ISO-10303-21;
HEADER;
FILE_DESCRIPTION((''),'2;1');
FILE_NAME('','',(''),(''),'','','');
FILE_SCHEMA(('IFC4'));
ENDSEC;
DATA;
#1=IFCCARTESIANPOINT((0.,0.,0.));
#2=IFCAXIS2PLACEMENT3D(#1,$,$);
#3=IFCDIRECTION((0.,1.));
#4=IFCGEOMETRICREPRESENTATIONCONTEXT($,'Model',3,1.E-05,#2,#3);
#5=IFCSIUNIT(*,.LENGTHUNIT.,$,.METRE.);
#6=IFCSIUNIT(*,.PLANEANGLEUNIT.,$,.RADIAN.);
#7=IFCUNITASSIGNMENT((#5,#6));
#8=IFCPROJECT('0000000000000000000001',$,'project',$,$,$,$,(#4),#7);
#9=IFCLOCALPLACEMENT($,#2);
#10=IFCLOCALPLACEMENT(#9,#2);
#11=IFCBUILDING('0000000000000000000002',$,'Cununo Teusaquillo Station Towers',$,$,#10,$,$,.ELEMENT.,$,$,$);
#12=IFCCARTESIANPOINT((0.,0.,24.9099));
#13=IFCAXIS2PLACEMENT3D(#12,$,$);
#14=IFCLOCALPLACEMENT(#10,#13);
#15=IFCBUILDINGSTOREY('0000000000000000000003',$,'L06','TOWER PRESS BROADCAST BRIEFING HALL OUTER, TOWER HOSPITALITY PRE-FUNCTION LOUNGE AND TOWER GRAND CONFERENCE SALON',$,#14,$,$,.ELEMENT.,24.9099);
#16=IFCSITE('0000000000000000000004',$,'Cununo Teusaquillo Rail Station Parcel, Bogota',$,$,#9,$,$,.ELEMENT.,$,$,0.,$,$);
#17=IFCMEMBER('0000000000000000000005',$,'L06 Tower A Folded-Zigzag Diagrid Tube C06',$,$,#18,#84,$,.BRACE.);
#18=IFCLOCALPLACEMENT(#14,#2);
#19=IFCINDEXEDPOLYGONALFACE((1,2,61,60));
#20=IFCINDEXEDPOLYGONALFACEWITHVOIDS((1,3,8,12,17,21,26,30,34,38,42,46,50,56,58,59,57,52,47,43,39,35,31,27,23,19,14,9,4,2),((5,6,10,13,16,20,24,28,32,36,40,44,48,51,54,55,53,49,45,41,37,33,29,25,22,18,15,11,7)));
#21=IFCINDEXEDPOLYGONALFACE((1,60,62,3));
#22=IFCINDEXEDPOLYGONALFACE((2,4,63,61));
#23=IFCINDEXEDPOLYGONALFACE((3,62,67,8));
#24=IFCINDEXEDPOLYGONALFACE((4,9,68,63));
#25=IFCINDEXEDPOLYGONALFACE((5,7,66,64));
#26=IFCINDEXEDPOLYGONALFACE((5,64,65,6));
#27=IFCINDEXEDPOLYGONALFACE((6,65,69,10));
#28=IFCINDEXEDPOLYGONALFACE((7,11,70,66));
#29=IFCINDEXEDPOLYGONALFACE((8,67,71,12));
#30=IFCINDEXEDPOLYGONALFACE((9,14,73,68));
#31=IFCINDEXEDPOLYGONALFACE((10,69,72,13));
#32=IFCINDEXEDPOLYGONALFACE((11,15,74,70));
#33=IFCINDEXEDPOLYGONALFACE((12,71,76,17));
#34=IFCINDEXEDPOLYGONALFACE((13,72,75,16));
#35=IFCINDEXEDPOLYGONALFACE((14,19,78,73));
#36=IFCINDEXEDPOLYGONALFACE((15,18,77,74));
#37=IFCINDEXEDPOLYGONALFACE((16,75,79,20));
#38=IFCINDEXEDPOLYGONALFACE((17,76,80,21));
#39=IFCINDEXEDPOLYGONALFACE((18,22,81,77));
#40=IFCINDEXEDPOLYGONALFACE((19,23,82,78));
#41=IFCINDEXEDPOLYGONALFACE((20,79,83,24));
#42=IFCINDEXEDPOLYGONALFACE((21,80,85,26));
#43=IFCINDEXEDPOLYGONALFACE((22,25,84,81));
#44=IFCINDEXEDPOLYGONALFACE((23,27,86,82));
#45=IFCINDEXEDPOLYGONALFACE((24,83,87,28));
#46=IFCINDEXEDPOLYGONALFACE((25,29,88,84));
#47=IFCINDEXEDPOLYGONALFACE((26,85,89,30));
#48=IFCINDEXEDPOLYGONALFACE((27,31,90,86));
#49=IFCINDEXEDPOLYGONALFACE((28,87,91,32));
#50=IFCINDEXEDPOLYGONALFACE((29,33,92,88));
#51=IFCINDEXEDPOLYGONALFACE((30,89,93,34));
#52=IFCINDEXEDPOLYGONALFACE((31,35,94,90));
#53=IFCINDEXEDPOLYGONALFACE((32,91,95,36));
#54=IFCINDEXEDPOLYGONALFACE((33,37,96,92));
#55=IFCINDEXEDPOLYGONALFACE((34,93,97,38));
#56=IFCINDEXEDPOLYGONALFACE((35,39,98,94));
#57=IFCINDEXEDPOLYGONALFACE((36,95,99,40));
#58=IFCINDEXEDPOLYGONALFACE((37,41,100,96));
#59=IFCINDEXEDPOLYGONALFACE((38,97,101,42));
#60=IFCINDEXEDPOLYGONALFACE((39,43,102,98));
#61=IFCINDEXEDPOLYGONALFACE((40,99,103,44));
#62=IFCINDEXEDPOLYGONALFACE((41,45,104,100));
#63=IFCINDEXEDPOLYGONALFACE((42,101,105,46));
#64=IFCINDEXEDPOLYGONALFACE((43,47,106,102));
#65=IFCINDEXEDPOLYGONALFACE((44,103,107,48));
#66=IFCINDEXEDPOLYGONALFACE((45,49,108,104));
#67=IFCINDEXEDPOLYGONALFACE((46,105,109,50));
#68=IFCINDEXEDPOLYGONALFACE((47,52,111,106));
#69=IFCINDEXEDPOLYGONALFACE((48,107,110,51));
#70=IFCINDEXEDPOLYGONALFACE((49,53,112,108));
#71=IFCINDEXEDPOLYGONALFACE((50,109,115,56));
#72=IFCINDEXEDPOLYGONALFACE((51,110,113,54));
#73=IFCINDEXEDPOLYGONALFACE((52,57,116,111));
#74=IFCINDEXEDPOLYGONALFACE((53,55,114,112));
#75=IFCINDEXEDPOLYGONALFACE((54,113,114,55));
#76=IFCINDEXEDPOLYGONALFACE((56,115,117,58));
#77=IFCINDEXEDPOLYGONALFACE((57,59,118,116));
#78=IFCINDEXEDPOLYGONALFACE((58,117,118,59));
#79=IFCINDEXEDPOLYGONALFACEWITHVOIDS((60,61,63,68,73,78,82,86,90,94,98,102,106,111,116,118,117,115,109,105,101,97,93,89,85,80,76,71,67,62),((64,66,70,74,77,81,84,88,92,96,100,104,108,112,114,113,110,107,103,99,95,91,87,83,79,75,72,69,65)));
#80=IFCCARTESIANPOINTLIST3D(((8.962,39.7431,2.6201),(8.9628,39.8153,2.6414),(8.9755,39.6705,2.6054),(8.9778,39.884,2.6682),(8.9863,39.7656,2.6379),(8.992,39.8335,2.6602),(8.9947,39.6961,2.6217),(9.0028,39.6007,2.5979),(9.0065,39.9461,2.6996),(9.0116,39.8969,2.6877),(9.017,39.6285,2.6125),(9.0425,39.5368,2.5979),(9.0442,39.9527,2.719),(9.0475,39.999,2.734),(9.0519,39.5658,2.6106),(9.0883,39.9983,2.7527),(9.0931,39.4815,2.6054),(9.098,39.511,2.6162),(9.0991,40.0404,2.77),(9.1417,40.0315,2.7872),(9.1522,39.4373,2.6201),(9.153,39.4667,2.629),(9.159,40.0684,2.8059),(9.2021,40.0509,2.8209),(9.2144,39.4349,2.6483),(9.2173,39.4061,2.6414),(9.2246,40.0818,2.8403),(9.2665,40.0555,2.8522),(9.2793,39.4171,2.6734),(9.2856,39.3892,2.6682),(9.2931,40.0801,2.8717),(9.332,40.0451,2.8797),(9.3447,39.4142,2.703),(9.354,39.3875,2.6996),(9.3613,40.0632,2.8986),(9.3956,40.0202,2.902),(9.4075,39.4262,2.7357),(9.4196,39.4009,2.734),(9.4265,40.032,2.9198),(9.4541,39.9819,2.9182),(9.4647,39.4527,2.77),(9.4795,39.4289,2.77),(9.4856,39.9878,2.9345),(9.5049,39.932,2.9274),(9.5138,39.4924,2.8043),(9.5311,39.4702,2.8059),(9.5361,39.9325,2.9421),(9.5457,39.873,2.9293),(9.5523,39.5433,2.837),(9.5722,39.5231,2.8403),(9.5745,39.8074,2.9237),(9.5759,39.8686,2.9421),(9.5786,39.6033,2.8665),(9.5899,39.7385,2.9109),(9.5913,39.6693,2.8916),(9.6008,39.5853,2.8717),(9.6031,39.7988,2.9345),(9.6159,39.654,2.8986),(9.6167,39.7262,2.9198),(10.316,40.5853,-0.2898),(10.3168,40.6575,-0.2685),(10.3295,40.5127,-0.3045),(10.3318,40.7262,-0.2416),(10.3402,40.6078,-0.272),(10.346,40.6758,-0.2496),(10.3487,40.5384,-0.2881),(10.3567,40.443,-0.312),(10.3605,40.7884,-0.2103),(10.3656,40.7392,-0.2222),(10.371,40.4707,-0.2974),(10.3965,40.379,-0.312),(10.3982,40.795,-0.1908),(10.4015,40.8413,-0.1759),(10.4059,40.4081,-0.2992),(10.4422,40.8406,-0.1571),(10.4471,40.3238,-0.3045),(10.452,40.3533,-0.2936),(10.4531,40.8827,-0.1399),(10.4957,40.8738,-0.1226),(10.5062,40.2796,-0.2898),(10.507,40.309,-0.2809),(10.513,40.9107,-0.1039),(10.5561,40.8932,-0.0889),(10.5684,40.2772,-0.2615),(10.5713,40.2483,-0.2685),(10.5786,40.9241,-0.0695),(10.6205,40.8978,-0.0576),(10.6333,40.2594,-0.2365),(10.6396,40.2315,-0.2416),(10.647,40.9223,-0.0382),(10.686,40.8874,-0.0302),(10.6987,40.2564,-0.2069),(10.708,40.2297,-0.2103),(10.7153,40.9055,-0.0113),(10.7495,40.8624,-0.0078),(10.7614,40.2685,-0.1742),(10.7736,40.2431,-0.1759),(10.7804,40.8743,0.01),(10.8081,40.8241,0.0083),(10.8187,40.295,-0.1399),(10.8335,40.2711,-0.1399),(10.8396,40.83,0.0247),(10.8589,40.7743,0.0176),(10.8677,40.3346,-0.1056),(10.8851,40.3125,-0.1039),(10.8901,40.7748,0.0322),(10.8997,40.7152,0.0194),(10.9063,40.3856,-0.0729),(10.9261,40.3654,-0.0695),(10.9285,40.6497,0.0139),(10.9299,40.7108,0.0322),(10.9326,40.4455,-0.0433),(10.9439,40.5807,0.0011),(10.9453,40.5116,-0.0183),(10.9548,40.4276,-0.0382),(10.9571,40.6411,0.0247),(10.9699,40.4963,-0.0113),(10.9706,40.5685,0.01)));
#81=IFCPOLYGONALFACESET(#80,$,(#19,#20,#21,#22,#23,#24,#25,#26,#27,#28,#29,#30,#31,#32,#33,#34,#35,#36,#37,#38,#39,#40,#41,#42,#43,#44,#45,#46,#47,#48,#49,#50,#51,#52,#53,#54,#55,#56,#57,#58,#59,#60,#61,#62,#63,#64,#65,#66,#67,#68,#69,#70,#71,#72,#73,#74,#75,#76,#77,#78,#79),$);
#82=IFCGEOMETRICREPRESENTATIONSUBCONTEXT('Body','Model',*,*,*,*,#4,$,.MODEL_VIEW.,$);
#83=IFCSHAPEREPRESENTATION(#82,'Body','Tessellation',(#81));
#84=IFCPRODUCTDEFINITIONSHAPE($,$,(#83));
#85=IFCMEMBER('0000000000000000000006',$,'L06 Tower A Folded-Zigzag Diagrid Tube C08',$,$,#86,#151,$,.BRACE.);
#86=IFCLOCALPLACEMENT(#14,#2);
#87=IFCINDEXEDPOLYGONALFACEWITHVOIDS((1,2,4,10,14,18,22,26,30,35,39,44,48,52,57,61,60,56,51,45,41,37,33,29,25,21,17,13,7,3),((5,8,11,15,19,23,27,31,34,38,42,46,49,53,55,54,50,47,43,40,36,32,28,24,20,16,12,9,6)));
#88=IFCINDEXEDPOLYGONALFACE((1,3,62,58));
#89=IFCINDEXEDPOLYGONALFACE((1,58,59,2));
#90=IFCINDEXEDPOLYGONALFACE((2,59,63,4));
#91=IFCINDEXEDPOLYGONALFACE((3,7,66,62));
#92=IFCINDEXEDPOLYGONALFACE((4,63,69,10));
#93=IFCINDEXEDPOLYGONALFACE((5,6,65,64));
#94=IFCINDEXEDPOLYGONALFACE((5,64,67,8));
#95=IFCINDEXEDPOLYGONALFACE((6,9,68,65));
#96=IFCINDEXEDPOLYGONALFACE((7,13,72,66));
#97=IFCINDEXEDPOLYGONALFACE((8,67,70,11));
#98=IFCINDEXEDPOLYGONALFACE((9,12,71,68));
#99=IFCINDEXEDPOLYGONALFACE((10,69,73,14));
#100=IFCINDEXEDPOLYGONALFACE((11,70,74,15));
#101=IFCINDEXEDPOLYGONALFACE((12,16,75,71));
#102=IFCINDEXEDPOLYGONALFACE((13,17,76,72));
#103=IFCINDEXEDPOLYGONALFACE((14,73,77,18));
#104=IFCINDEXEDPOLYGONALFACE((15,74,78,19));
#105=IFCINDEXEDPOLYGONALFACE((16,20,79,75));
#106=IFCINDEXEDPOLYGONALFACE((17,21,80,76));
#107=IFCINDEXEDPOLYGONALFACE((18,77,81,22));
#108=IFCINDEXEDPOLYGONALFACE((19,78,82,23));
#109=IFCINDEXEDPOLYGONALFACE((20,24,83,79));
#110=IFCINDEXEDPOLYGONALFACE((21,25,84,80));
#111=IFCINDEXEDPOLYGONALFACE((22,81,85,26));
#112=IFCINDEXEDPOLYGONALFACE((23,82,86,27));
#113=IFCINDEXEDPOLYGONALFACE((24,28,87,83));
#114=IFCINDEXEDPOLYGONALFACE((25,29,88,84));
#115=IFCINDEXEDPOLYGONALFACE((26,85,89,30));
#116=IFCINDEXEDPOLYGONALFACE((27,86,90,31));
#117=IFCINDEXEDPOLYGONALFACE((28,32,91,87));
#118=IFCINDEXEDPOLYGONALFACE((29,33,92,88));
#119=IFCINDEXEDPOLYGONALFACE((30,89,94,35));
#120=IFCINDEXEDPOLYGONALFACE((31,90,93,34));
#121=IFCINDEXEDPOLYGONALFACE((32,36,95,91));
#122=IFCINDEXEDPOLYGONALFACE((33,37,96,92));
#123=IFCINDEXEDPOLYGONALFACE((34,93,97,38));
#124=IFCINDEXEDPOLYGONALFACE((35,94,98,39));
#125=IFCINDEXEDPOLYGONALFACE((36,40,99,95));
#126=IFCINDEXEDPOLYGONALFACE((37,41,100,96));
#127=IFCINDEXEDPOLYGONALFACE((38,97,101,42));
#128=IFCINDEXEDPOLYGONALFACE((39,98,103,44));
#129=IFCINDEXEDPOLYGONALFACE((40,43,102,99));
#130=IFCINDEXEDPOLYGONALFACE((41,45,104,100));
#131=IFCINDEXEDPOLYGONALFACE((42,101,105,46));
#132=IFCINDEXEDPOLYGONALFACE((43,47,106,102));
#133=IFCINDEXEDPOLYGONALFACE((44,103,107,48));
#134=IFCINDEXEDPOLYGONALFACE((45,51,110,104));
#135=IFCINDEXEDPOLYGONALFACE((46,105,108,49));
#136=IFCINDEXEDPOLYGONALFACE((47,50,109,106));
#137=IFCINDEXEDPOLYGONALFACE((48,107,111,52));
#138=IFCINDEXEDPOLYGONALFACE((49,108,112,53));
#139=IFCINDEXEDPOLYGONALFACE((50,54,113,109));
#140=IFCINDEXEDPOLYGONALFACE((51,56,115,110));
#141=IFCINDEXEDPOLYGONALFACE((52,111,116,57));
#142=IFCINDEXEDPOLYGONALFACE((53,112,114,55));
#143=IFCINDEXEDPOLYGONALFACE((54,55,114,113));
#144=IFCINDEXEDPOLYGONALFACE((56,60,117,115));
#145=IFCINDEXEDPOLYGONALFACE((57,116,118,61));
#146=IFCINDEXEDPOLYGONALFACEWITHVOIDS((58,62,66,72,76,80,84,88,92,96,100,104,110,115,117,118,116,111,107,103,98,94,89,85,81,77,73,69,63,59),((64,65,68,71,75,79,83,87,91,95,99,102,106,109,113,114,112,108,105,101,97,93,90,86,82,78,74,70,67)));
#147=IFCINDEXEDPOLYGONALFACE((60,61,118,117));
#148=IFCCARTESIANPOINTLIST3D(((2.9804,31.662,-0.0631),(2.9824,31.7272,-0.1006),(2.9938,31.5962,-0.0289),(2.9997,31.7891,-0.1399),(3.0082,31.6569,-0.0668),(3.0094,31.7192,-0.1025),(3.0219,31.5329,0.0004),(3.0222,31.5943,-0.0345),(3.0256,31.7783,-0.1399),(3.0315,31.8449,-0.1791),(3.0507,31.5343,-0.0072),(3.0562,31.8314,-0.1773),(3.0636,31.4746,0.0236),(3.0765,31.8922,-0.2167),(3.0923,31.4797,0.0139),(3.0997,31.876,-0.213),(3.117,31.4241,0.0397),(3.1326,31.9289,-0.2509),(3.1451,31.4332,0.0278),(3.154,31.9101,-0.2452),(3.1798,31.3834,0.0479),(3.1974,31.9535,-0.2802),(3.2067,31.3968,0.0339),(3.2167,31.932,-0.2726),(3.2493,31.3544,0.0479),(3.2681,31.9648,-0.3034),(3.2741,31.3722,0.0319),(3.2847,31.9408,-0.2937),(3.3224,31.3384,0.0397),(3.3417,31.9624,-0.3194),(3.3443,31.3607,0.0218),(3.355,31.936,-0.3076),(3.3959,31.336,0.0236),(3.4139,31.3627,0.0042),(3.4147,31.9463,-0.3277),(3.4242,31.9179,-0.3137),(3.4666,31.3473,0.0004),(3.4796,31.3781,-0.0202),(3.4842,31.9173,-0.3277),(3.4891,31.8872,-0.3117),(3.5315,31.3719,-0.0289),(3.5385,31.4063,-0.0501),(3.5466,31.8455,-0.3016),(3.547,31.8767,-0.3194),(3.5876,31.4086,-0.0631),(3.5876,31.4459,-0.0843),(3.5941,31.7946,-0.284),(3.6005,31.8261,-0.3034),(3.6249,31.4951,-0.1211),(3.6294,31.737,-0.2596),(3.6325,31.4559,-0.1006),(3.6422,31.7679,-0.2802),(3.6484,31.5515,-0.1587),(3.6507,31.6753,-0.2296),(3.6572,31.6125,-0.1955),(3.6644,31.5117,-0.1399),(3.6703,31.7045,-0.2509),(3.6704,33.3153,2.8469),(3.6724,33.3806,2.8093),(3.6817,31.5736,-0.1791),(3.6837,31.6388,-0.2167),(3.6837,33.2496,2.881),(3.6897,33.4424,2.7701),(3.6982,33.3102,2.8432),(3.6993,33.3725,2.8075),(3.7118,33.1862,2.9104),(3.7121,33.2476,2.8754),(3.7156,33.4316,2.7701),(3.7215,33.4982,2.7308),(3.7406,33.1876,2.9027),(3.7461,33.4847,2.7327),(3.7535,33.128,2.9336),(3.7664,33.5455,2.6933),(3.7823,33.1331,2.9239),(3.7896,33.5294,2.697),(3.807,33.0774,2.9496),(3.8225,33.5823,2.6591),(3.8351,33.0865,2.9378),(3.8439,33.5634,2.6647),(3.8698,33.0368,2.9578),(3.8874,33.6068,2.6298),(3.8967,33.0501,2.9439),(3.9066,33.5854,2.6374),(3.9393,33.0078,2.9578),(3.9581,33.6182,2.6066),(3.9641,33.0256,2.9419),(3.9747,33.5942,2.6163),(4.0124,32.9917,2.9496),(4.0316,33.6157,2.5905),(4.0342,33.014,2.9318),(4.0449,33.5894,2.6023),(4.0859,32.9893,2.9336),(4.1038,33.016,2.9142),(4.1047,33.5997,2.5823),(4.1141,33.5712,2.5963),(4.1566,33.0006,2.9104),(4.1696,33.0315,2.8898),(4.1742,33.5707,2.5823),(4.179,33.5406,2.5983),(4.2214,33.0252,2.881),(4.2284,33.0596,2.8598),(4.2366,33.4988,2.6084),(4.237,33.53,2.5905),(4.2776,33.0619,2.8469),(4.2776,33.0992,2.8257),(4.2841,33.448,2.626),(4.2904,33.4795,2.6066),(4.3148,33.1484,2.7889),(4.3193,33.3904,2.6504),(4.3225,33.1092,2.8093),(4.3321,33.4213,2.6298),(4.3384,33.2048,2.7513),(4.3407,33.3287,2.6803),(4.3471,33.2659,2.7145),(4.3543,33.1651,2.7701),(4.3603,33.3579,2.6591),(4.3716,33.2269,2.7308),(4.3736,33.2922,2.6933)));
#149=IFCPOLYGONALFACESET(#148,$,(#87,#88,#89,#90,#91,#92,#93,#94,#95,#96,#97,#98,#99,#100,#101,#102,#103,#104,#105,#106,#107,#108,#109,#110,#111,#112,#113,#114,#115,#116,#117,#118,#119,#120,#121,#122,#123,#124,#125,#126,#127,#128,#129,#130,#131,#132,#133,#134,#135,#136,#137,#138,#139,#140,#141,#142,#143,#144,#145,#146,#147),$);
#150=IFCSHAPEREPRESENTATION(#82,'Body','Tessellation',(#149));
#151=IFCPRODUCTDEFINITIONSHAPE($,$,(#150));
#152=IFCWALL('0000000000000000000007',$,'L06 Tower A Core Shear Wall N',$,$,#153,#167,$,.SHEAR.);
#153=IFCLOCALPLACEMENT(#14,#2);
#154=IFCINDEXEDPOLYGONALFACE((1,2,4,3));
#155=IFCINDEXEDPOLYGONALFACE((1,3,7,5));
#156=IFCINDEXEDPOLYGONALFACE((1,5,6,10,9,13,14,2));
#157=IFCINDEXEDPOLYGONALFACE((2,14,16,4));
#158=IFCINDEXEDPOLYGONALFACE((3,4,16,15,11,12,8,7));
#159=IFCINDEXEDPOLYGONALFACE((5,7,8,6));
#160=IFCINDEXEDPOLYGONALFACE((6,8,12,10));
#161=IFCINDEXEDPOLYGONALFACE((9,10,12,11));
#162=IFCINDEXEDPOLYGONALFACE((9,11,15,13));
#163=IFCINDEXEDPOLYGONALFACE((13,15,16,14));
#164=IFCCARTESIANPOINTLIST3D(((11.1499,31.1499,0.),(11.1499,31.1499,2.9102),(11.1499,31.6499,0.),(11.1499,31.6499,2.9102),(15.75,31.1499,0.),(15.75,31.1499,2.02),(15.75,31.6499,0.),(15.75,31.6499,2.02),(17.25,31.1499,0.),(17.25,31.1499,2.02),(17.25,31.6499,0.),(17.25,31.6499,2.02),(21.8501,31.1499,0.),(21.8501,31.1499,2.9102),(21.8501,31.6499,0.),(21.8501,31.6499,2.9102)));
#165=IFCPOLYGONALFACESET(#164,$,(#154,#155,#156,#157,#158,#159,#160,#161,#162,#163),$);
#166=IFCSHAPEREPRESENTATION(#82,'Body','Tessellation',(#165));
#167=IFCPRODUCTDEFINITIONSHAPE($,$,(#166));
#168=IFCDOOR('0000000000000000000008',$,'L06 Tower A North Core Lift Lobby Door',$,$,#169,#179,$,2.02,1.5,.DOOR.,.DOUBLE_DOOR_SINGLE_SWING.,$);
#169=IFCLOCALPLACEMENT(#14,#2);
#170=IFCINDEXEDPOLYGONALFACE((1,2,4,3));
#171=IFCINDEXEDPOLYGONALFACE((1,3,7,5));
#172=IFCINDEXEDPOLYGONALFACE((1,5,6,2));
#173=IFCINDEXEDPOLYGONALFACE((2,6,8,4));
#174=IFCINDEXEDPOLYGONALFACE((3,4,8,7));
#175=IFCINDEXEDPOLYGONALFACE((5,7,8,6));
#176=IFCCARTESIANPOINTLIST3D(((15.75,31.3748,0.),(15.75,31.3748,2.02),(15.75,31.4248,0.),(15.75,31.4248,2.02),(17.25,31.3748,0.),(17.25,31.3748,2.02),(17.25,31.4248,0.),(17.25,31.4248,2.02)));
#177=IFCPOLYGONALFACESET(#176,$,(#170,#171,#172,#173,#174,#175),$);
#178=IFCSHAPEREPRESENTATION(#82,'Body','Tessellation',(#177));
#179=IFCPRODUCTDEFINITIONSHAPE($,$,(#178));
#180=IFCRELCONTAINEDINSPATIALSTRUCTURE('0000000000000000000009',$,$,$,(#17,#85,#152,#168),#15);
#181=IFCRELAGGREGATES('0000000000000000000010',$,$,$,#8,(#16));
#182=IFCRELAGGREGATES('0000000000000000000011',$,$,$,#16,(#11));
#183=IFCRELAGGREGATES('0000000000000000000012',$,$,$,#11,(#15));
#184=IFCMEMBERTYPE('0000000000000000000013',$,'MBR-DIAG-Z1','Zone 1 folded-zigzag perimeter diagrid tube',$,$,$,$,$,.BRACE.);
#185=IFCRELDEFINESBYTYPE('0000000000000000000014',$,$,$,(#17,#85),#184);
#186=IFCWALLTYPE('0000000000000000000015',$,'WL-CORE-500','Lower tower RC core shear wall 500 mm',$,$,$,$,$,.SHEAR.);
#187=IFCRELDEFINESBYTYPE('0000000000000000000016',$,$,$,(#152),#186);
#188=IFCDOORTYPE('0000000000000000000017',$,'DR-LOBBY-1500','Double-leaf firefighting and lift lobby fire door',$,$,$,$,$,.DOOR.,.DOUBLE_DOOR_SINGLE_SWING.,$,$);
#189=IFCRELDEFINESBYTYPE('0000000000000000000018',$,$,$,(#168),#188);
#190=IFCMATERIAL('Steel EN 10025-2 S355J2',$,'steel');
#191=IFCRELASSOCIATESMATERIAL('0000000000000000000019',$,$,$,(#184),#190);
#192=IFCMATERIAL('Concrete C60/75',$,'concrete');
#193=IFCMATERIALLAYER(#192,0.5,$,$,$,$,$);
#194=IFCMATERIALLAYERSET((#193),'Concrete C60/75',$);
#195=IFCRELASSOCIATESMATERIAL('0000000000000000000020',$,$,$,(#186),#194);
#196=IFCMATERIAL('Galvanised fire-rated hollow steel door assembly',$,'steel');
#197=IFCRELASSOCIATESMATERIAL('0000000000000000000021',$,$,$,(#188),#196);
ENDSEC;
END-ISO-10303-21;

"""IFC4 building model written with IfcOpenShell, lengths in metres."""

from ifc_helpers import new_model, si_unit, direction, frame, frame_2d, origin, origin_2d, place, context, subcontext, project, spatial, rectangle, hollow_circle, extrude, source, transform, mapped, material, layer, layer_set, material_profile, profile_set, type_object, element, fill, save


model = new_model("IFC4")

# Units and contexts
model_context = context("Model", 3, precision=1e-05, world=origin(), true_north=direction((0.0, 1.0)))
body_context = subcontext(model_context, "Body", "Model", "MODEL_VIEW")
ifc_project = project(units=[si_unit("LENGTHUNIT", "METRE"), si_unit("PLANEANGLEUNIT", "RADIAN")], contexts=[model_context])

# Site, building, storey
site_placement = place(None, origin())
site = spatial("IfcSite", under=ifc_project, at=site_placement, Name="Cununo Teusaquillo Rail Station Parcel, Bogota", CompositionType="ELEMENT", RefElevation=0.0)
building_placement = place(site_placement, origin())
building = spatial("IfcBuilding", under=site, at=building_placement, Name="Cununo Teusaquillo Station Towers", CompositionType="ELEMENT")
storey_placement = place(building_placement, frame((0.0, 0.0, 24.9099)))
storey = spatial("IfcBuildingStorey", under=building, at=storey_placement, Name="L06", Description="TOWER PRESS BROADCAST BRIEFING HALL OUTER, TOWER HOSPITALITY PRE-FUNCTION LOUNGE AND TOWER GRAND CONFERENCE SALON", CompositionType="ELEMENT", Elevation=24.9099)

# Members
ifc_material_1 = material(Name="Steel EN 10025-2 S355J2", Category="steel")
ifc_material_profile_1 = material_profile(ifc_material_1, hollow_circle(Radius=0.3601, WallThickness=0.0281, at=origin_2d()), Name="CHS 720x28")
ifc_profile_set_1 = profile_set([ifc_material_profile_1], Name="Steel EN 10025-2 S355J2")
member_type = type_object("IfcMemberType", Name="MBR-DIAG-Z1", Description="Zone 1 folded-zigzag perimeter diagrid tube", PredefinedType="BRACE", material=ifc_profile_set_1)
member_1_placement = place(storey_placement, frame((10.6433, 40.5769, -0.1399), z_axis=(-0.408055, -0.253839, 0.876959), x_axis=(0.528209, -0.849115, 0.0)))
element("IfcMember", 1, at=member_1_placement, inside=storey, type_object=member_type, Name="L06 Tower A Folded-Zigzag Diagrid Tube C06", PredefinedType="BRACE", context=body_context, shape_type="SweptSolid", body=[
    extrude(hollow_circle(Radius=0.3601, WallThickness=0.0281, at=origin_2d()), origin(), (0.0, 0.0, 1.0), 3.3181),
])
member_2_placement = place(storey_placement, frame((3.332, 31.6504, -0.1399), z_axis=(0.201904, 0.483827, 0.851555), x_axis=(-0.922867, 0.385119, 0.0)))
element("IfcMember", 2, at=member_2_placement, inside=storey, type_object=member_type, Name="L06 Tower A Folded-Zigzag Diagrid Tube C08", PredefinedType="BRACE", context=body_context, shape_type="SweptSolid", body=[
    extrude(hollow_circle(Radius=0.3601, WallThickness=0.0281, at=origin_2d()), origin(), (0.0, 0.0, 1.0), 3.4172),
])

# Wall, opening, door
ifc_material_2 = material(Name="Concrete C60/75", Category="concrete")
ifc_layer_1 = layer(ifc_material_2, 0.5)
ifc_layer_set_1 = layer_set([ifc_layer_1], Name="Concrete C60/75")
wall_type_1 = type_object("IfcWallType", Name="WL-CORE-500", Description="Lower tower RC core shear wall 500 mm", PredefinedType="SHEAR", material=ifc_layer_set_1)
wall_1_placement = place(storey_placement, frame((11.1499, 31.3999, 0.0), z_axis=(0.0, 0.0, 1.0), x_axis=(1.0, 0.0, 0.0)))
wall_1 = element("IfcWall", 3, at=wall_1_placement, inside=storey, type_object=wall_type_1, Name="L06 Tower A Core Shear Wall N", PredefinedType="SHEAR", context=body_context, shape_type="SweptSolid", body=[
    extrude(rectangle(XDim=10.7002, YDim=0.5, at=frame_2d((5.3501, 0.0))), origin(), (0.0, 0.0, 1.0), 2.9102),
])
shared_shape_1 = source(origin(), body_context, "Body", "SweptSolid", [
    extrude(rectangle(XDim=1.5, YDim=2.02, at=frame_2d((0.75, 1.01))), frame((0.0, 0.26, 0.0), z_axis=(0.0, -1.0, 0.0), x_axis=(1.0, 0.0, 0.0)), (0.0, 0.0, 1.0), 0.52),
])
opening_1_placement = place(wall_1_placement, frame((4.6001, 0.0, 0.0)))
opening_1 = element("IfcOpeningElement", 4, at=opening_1_placement, cuts=wall_1, PredefinedType="OPENING", context=body_context, shape_type="MappedRepresentation", body=[
    mapped(shared_shape_1, transform((0.0, 0.0, 0.0), x_axis=(1.0, 0.0, 0.0), y_axis=(0.0, 1.0, 0.0), z_axis=(0.0, 0.0, 1.0), scale=1.0)),
])
ifc_material_3 = material(Name="Galvanised fire-rated hollow steel door assembly", Category="steel")
door_type_1 = type_object("IfcDoorType", Name="DR-LOBBY-1500", Description="Double-leaf firefighting and lift lobby fire door", OperationType="DOUBLE_DOOR_SINGLE_SWING", PredefinedType="DOOR", material=ifc_material_3)
shared_shape_2 = source(origin(), body_context, "Body", "SweptSolid", [
    extrude(rectangle(XDim=1.5, YDim=2.02, at=frame_2d((0.75, 1.01))), frame((0.0, 0.0249, 0.0), z_axis=(0.0, -1.0, 0.0), x_axis=(1.0, 0.0, 0.0)), (0.0, 0.0, 1.0), 0.05),
])
door_1_placement = place(opening_1_placement, origin())
door_1 = element("IfcDoor", 5, at=door_1_placement, inside=storey, type_object=door_type_1, Name="L06 Tower A North Core Lift Lobby Door", OperationType="DOUBLE_DOOR_SINGLE_SWING", OverallHeight=2.02, OverallWidth=1.5, PredefinedType="DOOR", context=body_context, shape_type="MappedRepresentation", body=[
    mapped(shared_shape_2, transform((0.0, 0.0, 0.0), x_axis=(1.0, 0.0, 0.0), y_axis=(0.0, 1.0, 0.0), z_axis=(0.0, 0.0, 1.0), scale=1.0)),
])
fill(opening_1, door_1)

save(model, "model.ifc")
